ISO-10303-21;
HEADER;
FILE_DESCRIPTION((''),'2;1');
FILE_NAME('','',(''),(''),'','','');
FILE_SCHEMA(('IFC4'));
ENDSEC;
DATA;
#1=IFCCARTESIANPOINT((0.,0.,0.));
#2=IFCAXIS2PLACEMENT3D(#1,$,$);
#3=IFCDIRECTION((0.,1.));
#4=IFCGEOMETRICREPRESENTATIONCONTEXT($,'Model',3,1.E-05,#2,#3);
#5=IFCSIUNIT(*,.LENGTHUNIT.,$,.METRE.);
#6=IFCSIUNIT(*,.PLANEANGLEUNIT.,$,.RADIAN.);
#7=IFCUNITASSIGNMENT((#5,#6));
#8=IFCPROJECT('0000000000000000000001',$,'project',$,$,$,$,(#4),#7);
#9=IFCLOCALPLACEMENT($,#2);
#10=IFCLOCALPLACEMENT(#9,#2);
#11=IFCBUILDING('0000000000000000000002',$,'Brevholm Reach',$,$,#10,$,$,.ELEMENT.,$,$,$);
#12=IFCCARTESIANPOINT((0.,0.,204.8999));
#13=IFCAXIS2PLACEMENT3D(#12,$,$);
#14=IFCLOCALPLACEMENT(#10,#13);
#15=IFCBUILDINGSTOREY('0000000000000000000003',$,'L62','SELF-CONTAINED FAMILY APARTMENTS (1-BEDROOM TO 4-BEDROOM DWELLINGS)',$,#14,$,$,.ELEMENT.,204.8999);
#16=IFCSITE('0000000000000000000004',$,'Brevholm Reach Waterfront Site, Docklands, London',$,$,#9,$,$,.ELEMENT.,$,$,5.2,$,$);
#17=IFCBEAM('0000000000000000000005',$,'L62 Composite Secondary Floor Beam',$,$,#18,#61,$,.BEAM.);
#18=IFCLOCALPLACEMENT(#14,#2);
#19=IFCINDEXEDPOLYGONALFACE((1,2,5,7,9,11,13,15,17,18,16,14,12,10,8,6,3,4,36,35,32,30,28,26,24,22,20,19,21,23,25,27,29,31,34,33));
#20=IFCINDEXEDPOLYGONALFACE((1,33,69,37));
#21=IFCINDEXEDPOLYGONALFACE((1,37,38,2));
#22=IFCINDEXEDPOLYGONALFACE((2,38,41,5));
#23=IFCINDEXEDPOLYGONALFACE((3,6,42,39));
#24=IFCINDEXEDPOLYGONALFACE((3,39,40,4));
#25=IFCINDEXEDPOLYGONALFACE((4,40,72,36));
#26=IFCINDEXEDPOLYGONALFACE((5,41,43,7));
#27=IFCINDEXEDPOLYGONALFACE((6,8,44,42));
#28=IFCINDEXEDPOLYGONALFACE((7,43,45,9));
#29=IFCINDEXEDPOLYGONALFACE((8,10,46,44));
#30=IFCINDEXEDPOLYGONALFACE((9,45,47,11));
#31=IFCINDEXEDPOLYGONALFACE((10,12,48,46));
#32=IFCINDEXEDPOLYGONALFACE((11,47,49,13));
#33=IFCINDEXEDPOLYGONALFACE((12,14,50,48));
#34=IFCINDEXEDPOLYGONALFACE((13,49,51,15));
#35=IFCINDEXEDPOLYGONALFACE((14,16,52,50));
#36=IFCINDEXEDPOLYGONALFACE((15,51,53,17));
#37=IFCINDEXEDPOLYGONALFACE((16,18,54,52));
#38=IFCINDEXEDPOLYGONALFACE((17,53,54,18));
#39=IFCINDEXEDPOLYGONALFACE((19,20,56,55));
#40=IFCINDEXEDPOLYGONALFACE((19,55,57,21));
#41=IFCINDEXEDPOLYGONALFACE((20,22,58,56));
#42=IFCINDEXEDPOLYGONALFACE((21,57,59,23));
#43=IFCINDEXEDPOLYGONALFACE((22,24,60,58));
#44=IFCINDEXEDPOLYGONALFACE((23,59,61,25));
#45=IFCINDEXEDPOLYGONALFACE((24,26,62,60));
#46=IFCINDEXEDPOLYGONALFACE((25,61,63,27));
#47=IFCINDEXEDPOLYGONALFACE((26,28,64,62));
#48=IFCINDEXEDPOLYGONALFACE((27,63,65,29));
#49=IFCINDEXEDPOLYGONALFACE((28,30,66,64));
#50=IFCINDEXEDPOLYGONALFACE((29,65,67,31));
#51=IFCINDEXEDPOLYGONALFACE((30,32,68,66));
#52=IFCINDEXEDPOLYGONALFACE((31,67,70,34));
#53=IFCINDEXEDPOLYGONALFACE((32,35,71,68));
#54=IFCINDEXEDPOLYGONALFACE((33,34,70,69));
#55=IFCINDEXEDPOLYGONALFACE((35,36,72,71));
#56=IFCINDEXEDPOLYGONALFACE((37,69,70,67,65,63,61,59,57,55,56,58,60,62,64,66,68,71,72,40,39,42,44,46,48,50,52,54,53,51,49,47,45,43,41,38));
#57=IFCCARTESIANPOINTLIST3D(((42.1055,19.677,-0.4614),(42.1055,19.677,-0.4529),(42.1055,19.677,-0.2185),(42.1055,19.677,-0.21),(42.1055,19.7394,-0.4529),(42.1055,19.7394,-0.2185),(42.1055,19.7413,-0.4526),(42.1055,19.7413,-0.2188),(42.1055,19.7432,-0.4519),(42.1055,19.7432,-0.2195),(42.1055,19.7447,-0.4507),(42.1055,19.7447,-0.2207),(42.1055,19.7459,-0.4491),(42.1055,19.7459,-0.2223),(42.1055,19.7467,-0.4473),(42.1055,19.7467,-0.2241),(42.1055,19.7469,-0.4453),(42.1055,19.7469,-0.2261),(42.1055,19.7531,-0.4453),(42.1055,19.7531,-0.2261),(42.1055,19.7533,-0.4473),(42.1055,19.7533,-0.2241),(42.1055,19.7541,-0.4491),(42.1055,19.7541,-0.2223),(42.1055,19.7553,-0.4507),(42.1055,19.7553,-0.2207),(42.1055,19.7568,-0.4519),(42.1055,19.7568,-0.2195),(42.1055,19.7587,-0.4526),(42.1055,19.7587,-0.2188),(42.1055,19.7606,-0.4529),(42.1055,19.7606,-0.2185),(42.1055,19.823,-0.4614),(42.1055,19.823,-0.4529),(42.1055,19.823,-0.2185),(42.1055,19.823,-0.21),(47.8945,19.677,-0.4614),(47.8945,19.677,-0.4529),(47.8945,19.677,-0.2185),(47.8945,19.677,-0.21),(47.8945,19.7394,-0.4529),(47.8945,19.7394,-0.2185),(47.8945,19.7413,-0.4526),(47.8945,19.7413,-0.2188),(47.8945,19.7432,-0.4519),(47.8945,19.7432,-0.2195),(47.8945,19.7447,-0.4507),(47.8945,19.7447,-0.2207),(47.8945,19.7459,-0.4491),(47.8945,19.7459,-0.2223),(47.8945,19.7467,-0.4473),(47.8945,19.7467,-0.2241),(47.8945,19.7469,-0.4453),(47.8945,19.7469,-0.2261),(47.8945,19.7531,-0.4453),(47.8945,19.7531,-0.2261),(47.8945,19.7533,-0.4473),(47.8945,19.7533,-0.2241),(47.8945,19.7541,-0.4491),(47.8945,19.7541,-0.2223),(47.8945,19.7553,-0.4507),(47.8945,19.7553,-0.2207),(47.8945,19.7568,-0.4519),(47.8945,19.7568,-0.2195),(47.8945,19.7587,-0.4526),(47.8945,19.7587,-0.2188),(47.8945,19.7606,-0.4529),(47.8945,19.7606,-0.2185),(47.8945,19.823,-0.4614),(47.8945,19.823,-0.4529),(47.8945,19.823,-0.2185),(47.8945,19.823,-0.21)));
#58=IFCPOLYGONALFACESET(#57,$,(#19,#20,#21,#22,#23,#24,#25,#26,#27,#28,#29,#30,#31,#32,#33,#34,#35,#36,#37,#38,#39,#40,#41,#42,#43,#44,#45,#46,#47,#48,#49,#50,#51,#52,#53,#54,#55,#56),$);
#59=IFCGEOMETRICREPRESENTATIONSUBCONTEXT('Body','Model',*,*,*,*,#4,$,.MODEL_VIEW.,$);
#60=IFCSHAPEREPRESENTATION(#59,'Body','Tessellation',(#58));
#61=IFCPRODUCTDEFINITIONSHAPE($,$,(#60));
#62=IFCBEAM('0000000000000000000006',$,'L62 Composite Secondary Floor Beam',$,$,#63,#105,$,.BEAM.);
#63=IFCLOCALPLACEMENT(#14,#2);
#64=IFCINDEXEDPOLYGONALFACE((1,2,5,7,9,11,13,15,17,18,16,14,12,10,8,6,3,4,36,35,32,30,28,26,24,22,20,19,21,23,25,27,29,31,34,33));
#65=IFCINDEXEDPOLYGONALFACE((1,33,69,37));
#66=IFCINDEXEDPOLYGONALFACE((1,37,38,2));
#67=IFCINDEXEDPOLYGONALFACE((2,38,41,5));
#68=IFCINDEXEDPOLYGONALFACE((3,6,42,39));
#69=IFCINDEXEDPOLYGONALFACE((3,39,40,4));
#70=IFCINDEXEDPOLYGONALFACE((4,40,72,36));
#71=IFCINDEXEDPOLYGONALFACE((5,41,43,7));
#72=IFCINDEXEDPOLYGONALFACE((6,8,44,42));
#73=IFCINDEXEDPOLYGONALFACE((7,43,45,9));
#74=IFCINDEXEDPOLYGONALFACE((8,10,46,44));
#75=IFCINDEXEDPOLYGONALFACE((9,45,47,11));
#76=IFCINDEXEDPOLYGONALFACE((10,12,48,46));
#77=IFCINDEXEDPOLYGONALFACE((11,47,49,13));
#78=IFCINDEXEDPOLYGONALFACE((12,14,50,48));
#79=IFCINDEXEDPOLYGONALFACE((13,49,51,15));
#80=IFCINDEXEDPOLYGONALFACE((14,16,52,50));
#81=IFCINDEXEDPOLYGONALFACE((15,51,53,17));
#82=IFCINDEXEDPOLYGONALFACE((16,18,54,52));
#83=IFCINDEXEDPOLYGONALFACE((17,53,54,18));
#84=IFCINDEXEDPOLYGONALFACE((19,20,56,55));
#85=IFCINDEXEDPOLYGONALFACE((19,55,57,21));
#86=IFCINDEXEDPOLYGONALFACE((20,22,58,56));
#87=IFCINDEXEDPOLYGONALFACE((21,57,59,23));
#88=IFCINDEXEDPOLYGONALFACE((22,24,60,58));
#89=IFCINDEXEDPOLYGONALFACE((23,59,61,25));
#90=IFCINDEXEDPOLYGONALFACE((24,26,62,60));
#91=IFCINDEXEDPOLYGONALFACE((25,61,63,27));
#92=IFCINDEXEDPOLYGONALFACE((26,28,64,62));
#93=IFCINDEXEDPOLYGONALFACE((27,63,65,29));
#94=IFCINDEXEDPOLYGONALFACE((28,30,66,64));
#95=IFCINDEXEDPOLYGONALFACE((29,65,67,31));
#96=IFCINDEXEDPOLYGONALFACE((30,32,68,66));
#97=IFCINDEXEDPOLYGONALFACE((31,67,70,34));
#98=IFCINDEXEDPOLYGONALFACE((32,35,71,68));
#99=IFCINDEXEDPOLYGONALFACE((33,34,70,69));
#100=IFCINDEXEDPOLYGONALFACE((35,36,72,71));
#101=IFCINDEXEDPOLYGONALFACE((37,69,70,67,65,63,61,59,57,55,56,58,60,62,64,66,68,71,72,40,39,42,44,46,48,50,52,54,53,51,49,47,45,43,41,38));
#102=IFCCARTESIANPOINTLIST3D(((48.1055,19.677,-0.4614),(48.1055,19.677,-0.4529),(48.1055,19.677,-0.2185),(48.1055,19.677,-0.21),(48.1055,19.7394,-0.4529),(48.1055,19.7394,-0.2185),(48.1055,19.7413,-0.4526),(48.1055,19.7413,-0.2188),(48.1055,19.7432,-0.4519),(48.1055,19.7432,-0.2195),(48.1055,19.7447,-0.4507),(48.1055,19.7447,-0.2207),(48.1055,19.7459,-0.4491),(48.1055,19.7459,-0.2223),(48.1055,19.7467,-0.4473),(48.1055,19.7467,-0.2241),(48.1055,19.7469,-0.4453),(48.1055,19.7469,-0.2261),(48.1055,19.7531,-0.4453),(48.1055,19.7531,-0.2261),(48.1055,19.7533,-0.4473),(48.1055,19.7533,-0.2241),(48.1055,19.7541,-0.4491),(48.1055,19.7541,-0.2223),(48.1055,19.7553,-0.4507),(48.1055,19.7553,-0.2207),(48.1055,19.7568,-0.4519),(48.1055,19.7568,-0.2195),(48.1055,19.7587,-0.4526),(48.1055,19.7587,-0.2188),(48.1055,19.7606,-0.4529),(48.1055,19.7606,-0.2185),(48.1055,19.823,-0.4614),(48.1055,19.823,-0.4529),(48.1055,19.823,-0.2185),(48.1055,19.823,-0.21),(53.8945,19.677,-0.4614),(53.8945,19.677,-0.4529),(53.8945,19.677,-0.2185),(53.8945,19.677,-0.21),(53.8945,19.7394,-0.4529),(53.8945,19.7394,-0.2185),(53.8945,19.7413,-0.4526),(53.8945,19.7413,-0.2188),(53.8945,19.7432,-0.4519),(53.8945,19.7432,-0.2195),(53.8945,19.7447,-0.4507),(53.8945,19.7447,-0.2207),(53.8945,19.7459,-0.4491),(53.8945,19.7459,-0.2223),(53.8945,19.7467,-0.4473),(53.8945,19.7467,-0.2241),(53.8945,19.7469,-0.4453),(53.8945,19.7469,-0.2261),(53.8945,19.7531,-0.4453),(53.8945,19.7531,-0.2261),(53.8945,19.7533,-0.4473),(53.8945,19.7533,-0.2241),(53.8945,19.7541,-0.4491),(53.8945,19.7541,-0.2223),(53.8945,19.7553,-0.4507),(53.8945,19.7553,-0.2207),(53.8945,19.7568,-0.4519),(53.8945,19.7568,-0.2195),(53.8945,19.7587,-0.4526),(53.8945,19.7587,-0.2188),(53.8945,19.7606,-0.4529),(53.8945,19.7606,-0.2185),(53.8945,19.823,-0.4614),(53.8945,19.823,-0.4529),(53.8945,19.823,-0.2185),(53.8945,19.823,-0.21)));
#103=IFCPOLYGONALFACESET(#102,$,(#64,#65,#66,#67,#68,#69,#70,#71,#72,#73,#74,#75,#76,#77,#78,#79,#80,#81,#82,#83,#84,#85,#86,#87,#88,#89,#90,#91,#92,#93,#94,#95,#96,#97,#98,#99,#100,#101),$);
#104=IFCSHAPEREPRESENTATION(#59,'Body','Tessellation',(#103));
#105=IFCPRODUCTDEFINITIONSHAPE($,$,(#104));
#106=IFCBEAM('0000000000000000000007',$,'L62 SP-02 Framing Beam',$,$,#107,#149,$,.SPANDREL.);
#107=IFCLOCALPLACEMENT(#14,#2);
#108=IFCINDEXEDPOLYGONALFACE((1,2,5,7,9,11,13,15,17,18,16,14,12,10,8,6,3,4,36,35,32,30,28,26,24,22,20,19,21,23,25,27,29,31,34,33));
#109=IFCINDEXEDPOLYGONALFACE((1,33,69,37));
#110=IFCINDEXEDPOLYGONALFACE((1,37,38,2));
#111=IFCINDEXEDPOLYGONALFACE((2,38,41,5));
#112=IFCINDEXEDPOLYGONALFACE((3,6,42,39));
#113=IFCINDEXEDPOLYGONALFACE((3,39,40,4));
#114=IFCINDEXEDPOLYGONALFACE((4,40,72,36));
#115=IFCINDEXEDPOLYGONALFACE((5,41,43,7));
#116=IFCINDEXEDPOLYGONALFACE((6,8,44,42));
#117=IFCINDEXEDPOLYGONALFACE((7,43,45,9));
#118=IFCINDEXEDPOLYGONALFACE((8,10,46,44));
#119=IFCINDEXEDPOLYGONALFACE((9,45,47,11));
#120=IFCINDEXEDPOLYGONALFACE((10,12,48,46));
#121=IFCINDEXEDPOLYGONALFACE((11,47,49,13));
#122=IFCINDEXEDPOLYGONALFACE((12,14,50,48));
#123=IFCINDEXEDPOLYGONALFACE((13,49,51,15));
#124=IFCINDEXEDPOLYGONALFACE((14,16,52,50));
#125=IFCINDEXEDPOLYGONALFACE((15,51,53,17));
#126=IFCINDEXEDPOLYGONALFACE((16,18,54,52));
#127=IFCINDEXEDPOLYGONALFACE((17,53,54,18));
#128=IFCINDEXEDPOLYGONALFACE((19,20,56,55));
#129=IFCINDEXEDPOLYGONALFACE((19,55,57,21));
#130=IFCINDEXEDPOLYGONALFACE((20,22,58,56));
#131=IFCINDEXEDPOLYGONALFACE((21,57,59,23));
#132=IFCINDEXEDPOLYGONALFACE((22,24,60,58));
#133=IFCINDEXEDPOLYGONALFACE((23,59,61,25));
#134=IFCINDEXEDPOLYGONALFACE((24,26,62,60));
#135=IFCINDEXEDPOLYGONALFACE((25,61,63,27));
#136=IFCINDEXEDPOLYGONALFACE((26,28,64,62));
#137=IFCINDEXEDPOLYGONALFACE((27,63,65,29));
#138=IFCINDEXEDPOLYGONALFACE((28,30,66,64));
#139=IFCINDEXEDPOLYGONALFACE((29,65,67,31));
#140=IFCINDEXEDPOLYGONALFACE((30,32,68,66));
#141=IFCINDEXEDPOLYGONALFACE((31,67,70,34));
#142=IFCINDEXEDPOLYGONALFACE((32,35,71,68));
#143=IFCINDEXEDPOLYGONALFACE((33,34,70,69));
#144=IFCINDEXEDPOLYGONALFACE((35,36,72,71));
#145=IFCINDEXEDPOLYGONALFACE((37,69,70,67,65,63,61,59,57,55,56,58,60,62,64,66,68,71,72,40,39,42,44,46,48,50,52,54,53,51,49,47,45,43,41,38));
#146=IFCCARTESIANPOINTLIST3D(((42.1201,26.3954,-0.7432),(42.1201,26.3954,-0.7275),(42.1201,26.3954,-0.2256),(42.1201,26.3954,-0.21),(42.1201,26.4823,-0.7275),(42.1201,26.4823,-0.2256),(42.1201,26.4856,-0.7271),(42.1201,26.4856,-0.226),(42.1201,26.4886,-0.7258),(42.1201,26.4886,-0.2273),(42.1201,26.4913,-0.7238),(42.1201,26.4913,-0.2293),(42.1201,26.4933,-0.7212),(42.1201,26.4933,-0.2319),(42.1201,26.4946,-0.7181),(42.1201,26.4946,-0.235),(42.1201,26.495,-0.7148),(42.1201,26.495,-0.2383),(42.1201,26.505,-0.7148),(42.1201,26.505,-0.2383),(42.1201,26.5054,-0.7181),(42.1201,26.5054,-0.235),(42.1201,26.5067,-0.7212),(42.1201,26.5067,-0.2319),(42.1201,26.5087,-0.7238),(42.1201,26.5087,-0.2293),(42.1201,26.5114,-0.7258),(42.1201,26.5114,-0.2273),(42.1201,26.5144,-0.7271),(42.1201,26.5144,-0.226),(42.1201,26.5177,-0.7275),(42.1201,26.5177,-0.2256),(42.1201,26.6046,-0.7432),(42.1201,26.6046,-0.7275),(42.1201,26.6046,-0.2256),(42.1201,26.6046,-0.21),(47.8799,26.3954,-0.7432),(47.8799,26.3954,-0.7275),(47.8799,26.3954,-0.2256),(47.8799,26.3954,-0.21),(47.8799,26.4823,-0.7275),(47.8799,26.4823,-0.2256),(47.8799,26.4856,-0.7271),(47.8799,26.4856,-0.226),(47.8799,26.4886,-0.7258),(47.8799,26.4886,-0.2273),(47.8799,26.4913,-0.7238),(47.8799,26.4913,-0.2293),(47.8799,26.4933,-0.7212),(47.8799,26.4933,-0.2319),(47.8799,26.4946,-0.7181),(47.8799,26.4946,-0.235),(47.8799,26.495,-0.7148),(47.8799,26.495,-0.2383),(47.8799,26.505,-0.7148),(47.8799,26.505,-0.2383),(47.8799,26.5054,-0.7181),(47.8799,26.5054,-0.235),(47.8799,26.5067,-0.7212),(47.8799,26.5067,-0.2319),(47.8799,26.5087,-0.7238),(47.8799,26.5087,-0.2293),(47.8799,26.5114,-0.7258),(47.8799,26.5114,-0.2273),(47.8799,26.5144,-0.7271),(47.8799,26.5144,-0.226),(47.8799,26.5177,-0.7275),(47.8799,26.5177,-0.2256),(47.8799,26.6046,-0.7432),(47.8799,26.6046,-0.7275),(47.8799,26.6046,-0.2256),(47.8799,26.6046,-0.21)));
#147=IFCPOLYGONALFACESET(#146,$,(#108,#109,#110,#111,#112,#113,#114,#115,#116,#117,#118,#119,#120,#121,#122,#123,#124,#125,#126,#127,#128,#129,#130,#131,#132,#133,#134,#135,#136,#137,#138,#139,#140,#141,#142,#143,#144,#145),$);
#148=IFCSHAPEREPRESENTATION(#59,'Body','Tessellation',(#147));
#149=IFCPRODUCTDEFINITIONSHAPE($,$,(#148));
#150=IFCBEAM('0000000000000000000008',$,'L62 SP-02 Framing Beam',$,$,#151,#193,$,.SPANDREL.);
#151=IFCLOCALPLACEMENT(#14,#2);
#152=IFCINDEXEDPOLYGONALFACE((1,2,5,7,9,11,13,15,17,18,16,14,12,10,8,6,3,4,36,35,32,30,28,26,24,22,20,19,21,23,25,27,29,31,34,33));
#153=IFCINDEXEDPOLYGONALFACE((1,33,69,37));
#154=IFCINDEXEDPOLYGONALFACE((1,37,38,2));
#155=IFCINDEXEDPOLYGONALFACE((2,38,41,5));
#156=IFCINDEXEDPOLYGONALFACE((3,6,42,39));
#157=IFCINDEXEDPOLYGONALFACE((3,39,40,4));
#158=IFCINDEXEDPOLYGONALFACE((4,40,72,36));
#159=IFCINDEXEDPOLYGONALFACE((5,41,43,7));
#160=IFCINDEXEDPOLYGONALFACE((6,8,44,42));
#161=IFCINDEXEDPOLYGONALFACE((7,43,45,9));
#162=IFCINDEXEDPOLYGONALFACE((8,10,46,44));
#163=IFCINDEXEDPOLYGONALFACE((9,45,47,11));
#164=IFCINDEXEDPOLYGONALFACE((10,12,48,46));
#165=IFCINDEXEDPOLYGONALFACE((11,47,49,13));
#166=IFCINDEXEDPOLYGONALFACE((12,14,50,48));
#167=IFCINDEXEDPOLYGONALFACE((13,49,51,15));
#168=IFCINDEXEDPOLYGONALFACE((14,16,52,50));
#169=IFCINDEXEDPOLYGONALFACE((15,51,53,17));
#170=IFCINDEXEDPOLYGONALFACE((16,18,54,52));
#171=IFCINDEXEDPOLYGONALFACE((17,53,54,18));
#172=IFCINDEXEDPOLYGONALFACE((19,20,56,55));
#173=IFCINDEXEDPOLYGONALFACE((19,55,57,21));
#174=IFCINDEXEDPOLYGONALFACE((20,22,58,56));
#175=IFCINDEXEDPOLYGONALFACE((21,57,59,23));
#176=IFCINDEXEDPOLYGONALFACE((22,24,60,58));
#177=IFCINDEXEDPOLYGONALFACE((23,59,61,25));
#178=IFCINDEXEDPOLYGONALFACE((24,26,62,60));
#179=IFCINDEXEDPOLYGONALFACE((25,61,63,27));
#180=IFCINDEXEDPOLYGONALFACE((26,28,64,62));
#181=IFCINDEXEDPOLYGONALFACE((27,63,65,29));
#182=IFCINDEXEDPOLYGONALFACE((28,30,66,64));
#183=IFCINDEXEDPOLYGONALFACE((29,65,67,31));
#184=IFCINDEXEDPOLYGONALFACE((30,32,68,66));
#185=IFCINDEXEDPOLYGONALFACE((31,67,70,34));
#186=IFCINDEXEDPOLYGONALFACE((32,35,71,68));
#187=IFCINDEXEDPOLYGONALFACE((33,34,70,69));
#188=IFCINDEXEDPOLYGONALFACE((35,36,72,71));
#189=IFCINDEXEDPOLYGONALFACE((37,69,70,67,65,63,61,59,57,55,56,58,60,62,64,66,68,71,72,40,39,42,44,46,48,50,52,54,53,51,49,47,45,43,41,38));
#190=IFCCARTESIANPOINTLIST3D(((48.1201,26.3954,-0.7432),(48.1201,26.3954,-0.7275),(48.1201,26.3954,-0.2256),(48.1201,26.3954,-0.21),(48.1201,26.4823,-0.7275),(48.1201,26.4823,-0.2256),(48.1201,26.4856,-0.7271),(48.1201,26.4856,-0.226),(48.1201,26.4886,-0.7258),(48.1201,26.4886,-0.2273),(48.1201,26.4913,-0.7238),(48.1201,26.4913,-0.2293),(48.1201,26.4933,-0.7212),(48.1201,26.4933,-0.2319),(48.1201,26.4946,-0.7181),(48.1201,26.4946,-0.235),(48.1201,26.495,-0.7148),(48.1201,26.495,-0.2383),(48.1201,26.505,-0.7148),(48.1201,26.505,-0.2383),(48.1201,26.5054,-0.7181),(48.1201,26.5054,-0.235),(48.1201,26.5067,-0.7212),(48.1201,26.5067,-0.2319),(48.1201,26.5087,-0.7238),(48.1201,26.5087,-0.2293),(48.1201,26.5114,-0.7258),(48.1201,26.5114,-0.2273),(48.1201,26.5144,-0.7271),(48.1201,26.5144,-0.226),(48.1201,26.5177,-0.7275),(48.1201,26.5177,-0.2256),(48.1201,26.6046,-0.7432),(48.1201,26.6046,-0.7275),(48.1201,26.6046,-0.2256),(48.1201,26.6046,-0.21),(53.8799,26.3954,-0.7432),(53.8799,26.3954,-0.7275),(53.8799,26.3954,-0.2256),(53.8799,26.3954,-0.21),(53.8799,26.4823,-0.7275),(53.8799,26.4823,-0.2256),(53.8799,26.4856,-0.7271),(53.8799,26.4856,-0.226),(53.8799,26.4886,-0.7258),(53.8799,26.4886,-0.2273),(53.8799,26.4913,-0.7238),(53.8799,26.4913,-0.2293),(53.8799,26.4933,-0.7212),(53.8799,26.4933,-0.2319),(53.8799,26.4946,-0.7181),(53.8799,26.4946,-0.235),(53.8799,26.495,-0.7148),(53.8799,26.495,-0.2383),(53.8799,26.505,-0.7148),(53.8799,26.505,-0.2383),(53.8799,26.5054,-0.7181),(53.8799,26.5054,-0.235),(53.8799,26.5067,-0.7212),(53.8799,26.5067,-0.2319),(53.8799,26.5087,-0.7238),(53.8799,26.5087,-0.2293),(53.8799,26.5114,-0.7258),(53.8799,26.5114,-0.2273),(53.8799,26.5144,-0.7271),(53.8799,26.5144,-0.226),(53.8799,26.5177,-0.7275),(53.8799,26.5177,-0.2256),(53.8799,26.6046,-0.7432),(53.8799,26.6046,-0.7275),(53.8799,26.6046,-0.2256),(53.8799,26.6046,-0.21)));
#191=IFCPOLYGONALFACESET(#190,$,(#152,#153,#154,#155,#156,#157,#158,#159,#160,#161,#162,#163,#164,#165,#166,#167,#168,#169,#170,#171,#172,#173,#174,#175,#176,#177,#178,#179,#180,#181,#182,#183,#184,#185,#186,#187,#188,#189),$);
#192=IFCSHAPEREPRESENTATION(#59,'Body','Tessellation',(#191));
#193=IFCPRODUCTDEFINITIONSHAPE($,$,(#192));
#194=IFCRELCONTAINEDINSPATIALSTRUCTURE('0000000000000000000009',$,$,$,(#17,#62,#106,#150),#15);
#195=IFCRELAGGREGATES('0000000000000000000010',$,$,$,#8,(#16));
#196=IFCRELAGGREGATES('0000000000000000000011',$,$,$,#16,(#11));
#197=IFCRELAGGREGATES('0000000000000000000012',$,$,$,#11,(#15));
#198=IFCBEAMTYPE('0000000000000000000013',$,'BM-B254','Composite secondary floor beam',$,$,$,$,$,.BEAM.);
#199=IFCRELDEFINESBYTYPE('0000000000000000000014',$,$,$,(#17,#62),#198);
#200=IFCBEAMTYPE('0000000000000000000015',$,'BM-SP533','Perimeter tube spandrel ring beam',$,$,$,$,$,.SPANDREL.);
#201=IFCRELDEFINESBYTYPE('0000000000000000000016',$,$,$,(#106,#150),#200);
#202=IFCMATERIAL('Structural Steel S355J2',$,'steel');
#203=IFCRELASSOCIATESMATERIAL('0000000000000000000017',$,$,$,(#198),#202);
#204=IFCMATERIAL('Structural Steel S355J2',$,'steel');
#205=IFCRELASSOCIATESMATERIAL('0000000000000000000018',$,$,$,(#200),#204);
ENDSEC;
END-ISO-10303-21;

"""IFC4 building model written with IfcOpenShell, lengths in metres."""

from ifc_helpers import new_model, si_unit, direction, frame, origin, origin_2d, place, context, subcontext, project, spatial, i_section, extrude, material, material_profile, profile_set, type_object, element, save


model = new_model("IFC4")

# Units and contexts
model_context = context("Model", 3, precision=1e-05, world=origin(), true_north=direction((0.0, 1.0)))
body_context = subcontext(model_context, "Body", "Model", "MODEL_VIEW")
ifc_project = project(units=[si_unit("LENGTHUNIT", "METRE"), si_unit("PLANEANGLEUNIT", "RADIAN")], contexts=[model_context])

# Site, building, storey
site_placement = place(None, origin())
site = spatial("IfcSite", under=ifc_project, at=site_placement, Name="Brevholm Reach Waterfront Site, Docklands, London", CompositionType="ELEMENT", RefElevation=5.2)
building_placement = place(site_placement, origin())
building = spatial("IfcBuilding", under=site, at=building_placement, Name="Brevholm Reach", CompositionType="ELEMENT")
storey_placement = place(building_placement, frame((0.0, 0.0, 204.8999)))
storey = spatial("IfcBuildingStorey", under=building, at=storey_placement, Name="L62", Description="SELF-CONTAINED FAMILY APARTMENTS (1-BEDROOM TO 4-BEDROOM DWELLINGS)", CompositionType="ELEMENT", Elevation=204.8999)

# Beams
ifc_material_1 = material(Name="Structural Steel S355J2", Category="steel")
ifc_material_profile_1 = material_profile(ifc_material_1, i_section(OverallWidth=0.146, OverallDepth=0.2515, WebThickness=0.0061, FlangeThickness=0.0085, FilletRadius=0.0076, at=origin_2d()), Name="UKB 254x146x31")
ifc_profile_set_1 = profile_set([ifc_material_profile_1], Name="Structural Steel S355J2")
beam_type_1 = type_object("IfcBeamType", Name="BM-B254", Description="Composite secondary floor beam", PredefinedType="BEAM", material=ifc_profile_set_1)
for number, where, z_axis, x_axis, name in (
    (1, (42.1055, 19.75, -0.3357), (1.0, 0.0, 0.0), (0.0, 1.0, 0.0), "L62 Composite Secondary Floor Beam"),
    (2, (48.1055, 19.75, -0.3357), (1.0, 0.0, 0.0), (0.0, 1.0, 0.0), "L62 Composite Secondary Floor Beam"),
):
    element("IfcBeam", number, at=place(storey_placement, frame(where, z_axis=z_axis, x_axis=x_axis)), inside=storey, type_object=beam_type_1, Name=name, PredefinedType="BEAM", context=body_context, shape_type="SweptSolid", body=[
        extrude(i_section(OverallWidth=0.146, OverallDepth=0.2515, WebThickness=0.0061, FlangeThickness=0.0085, FilletRadius=0.0076, at=origin_2d()), origin(), (0.0, 0.0, 1.0), 5.7891),
    ])
ifc_material_2 = material(Name="Structural Steel S355J2", Category="steel")
ifc_material_profile_2 = material_profile(ifc_material_2, i_section(OverallWidth=0.2092, OverallDepth=0.5332, WebThickness=0.01, FlangeThickness=0.0156, FilletRadius=0.0127, at=origin_2d()), Name="UKB 533x210x92")
ifc_profile_set_2 = profile_set([ifc_material_profile_2], Name="Structural Steel S355J2")
beam_type_2 = type_object("IfcBeamType", Name="BM-SP533", Description="Perimeter tube spandrel ring beam", PredefinedType="SPANDREL", material=ifc_profile_set_2)
for number, where, z_axis, x_axis, name in (
    (3, (42.1201, 26.5, -0.4766), (1.0, 0.0, 0.0), (0.0, 1.0, 0.0), "L62 SP-02 Framing Beam"),
    (4, (48.1201, 26.5, -0.4766), (1.0, 0.0, 0.0), (0.0, 1.0, 0.0), "L62 SP-02 Framing Beam"),
):
    element("IfcBeam", number, at=place(storey_placement, frame(where, z_axis=z_axis, x_axis=x_axis)), inside=storey, type_object=beam_type_2, Name=name, PredefinedType="SPANDREL", context=body_context, shape_type="SweptSolid", body=[
        extrude(i_section(OverallWidth=0.2092, OverallDepth=0.5332, WebThickness=0.01, FlangeThickness=0.0156, FilletRadius=0.0127, at=origin_2d()), origin(), (0.0, 0.0, 1.0), 5.7598),
    ])

save(model, "model.ifc")
